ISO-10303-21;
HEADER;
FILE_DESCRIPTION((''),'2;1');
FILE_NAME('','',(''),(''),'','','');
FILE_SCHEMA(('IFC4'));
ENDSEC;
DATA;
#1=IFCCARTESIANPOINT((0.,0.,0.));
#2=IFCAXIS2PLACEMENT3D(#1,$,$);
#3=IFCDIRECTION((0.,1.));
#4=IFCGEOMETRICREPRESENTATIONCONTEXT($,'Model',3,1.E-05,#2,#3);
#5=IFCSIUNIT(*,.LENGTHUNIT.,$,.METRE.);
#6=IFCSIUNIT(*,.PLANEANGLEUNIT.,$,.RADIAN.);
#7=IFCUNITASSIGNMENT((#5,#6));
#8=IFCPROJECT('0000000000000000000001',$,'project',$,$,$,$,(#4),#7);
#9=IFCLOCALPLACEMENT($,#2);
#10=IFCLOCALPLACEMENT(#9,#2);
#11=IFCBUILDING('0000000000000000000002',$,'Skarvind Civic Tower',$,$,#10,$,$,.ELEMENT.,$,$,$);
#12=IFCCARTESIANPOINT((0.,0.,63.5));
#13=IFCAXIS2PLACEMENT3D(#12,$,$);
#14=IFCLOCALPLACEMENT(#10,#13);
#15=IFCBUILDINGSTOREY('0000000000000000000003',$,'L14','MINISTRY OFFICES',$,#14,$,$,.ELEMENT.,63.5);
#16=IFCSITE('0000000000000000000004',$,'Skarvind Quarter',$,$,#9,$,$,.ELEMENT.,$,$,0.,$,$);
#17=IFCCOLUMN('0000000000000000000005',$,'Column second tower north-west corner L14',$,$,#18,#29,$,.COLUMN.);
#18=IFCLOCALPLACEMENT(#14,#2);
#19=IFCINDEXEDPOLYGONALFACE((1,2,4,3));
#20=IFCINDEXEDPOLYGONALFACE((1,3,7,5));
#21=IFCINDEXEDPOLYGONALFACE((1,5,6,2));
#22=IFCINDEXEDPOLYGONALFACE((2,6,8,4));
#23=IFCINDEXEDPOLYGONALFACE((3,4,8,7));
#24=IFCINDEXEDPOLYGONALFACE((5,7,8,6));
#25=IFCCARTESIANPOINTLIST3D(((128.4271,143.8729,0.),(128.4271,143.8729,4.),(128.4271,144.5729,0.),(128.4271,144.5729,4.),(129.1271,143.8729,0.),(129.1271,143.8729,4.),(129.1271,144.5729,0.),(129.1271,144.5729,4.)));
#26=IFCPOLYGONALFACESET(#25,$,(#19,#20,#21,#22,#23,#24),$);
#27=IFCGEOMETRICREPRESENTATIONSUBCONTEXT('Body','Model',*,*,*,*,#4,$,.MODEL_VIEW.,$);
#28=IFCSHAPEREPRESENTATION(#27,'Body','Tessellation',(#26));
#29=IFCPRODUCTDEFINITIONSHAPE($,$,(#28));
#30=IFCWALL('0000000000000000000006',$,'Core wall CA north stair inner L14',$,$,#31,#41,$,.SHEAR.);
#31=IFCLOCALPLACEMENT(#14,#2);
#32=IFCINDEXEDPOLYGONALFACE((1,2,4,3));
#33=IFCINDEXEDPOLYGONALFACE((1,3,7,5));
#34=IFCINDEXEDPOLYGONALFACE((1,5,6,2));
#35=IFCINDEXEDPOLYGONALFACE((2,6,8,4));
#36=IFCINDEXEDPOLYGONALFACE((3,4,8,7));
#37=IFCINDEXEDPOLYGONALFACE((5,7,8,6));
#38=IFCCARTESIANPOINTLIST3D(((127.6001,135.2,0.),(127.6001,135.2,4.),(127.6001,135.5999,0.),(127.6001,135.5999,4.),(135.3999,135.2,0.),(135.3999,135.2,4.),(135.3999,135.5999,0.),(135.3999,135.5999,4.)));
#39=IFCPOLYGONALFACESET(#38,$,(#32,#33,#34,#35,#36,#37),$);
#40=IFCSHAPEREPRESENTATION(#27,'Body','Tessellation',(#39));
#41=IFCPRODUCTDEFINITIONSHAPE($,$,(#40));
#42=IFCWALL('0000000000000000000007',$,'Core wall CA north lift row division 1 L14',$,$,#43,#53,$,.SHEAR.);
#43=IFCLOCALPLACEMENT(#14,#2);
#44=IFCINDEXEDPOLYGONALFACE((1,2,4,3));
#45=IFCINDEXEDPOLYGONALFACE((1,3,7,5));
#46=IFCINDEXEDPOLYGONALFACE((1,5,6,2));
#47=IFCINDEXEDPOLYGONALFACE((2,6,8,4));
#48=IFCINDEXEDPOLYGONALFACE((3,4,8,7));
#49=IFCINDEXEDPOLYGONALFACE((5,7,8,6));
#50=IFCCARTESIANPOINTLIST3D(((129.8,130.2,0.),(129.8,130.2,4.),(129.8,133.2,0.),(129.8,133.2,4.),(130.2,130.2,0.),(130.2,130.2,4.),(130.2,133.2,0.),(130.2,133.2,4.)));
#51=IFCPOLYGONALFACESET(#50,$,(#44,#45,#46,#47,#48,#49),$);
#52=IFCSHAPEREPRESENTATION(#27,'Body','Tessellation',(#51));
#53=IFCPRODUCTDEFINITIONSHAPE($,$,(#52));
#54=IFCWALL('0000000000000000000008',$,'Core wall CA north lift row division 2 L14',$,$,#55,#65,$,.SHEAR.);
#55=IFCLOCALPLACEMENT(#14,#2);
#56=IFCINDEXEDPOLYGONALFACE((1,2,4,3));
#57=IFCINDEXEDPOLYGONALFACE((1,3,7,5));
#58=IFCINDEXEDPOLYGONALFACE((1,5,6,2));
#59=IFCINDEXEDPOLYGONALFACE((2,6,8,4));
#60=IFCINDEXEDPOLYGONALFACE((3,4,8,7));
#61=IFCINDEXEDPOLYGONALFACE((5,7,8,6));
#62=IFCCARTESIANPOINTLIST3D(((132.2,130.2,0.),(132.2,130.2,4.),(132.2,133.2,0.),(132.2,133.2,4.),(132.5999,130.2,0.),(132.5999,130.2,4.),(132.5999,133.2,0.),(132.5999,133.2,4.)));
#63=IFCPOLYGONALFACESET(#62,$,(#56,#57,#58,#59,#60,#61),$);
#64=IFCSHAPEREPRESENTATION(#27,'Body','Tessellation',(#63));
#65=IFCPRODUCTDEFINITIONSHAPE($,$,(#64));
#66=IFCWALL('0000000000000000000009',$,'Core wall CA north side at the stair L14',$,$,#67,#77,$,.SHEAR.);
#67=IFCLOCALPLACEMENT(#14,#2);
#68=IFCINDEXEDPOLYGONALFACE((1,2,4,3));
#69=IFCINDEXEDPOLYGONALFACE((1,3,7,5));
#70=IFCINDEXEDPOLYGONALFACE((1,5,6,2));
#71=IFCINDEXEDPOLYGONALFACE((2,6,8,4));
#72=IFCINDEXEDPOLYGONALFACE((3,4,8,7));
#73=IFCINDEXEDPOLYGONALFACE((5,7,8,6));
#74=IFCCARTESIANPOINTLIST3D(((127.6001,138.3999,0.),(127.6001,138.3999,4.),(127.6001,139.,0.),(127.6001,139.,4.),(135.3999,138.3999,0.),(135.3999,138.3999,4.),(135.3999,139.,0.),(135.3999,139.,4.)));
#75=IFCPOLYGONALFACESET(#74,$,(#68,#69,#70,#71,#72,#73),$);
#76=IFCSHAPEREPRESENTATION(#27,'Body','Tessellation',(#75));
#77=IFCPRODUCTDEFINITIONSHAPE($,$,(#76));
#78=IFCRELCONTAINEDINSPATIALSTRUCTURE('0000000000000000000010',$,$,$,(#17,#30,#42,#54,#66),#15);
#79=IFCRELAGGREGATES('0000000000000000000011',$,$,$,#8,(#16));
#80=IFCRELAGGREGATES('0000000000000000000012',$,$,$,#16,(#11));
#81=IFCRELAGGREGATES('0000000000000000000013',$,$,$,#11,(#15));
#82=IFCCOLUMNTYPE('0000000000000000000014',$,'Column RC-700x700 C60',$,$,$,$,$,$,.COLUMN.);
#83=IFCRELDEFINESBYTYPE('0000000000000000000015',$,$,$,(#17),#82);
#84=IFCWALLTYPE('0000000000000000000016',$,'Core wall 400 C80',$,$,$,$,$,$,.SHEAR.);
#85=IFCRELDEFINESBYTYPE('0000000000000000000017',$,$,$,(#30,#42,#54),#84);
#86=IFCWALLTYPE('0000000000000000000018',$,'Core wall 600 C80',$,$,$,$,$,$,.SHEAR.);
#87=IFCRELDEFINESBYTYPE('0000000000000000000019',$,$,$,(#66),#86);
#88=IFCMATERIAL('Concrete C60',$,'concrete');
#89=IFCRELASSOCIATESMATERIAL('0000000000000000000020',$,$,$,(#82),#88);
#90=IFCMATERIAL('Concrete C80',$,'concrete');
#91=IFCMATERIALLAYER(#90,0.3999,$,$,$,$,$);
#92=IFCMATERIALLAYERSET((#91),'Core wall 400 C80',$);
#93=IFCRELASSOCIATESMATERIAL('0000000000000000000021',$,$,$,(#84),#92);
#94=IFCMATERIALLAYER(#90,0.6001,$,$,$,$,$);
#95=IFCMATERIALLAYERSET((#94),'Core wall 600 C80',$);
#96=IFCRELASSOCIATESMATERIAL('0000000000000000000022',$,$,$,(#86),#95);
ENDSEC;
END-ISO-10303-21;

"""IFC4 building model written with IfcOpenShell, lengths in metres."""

from ifc_helpers import new_model, si_unit, direction, frame, frame_2d, origin, origin_2d, place, context, subcontext, project, spatial, rectangle, extrude, material, layer, layer_set, material_profile, profile_set, type_object, element, save


model = new_model("IFC4")

# Units and contexts
model_context = context("Model", 3, precision=1e-05, world=origin(), true_north=direction((0.0, 1.0)))
body_context = subcontext(model_context, "Body", "Model", "MODEL_VIEW")
ifc_project = project(units=[si_unit("LENGTHUNIT", "METRE"), si_unit("PLANEANGLEUNIT", "RADIAN")], contexts=[model_context])

# Site, building, storey
site_placement = place(None, origin())
site = spatial("IfcSite", under=ifc_project, at=site_placement, Name="Skarvind Quarter", CompositionType="ELEMENT", RefElevation=0.0)
building_placement = place(site_placement, origin())
building = spatial("IfcBuilding", under=site, at=building_placement, Name="Skarvind Civic Tower", CompositionType="ELEMENT")
storey_placement = place(building_placement, frame((0.0, 0.0, 63.5)))
storey = spatial("IfcBuildingStorey", under=building, at=storey_placement, Name="L14", Description="MINISTRY OFFICES", CompositionType="ELEMENT", Elevation=63.5)

# Column
ifc_material_1 = material(Name="Concrete C60", Category="concrete")
ifc_material_profile = material_profile(ifc_material_1, rectangle(XDim=0.7, YDim=0.7, at=origin_2d()), Name="RC-700x700")
ifc_profile_set = profile_set([ifc_material_profile], Name="Concrete C60")
column_type = type_object("IfcColumnType", Name="Column RC-700x700 C60", PredefinedType="COLUMN", material=ifc_profile_set)
column_placement = place(storey_placement, frame((128.7771, 144.2229, 0.0), z_axis=(0.0, 0.0, 1.0), x_axis=(1.0, 0.0, 0.0)))
element("IfcColumn", 1, at=column_placement, inside=storey, type_object=column_type, Name="Column second tower north-west corner L14", PredefinedType="COLUMN", context=body_context, shape_type="SweptSolid", body=[
    extrude(rectangle(XDim=0.7, YDim=0.7, at=origin_2d()), origin(), (0.0, 0.0, 1.0), 4.0),
])

# Walls
ifc_material_2 = material(Name="Concrete C80", Category="concrete")
ifc_layer_1 = layer(ifc_material_2, 0.3999)
ifc_layer_set_1 = layer_set([ifc_layer_1], Name="Core wall 400 C80")
wall_type_1 = type_object("IfcWallType", Name="Core wall 400 C80", PredefinedType="SHEAR", material=ifc_layer_set_1)
wall_1_placement = place(storey_placement, frame((127.6001, 135.3999, 0.0), z_axis=(0.0, 0.0, 1.0), x_axis=(1.0, 0.0, 0.0)))
element("IfcWall", 2, at=wall_1_placement, inside=storey, type_object=wall_type_1, Name="Core wall CA north stair inner L14", PredefinedType="SHEAR", context=body_context, shape_type="SweptSolid", body=[
    extrude(rectangle(XDim=7.7998, YDim=0.3999, at=frame_2d((3.8999, 0.0))), origin(), (0.0, 0.0, 1.0), 4.0),
])
for number, where, z_axis, x_axis, name in (
    (3, (130.0, 130.2, 0.0), (0.0, 0.0, 1.0), (0.0, 1.0, 0.0), "Core wall CA north lift row division 1 L14"),
    (4, (132.3999, 130.2, 0.0), (0.0, 0.0, 1.0), (0.0, 1.0, 0.0), "Core wall CA north lift row division 2 L14"),
):
    element("IfcWall", number, at=place(storey_placement, frame(where, z_axis=z_axis, x_axis=x_axis)), inside=storey, type_object=wall_type_1, Name=name, PredefinedType="SHEAR", context=body_context, shape_type="SweptSolid", body=[
        extrude(rectangle(XDim=3.0, YDim=0.3999, at=frame_2d((1.5, 0.0))), origin(), (0.0, 0.0, 1.0), 4.0),
    ])
ifc_layer_2 = layer(ifc_material_2, 0.6001)
ifc_layer_set_2 = layer_set([ifc_layer_2], Name="Core wall 600 C80")
wall_type_2 = type_object("IfcWallType", Name="Core wall 600 C80", PredefinedType="SHEAR", material=ifc_layer_set_2)
wall_2_placement = place(storey_placement, frame((127.6001, 138.7, 0.0), z_axis=(0.0, 0.0, 1.0), x_axis=(1.0, 0.0, 0.0)))
element("IfcWall", 5, at=wall_2_placement, inside=storey, type_object=wall_type_2, Name="Core wall CA north side at the stair L14", PredefinedType="SHEAR", context=body_context, shape_type="SweptSolid", body=[
    extrude(rectangle(XDim=7.7998, YDim=0.6001, at=frame_2d((3.8999, 0.0))), origin(), (0.0, 0.0, 1.0), 4.0),
])

save(model, "model.ifc")
